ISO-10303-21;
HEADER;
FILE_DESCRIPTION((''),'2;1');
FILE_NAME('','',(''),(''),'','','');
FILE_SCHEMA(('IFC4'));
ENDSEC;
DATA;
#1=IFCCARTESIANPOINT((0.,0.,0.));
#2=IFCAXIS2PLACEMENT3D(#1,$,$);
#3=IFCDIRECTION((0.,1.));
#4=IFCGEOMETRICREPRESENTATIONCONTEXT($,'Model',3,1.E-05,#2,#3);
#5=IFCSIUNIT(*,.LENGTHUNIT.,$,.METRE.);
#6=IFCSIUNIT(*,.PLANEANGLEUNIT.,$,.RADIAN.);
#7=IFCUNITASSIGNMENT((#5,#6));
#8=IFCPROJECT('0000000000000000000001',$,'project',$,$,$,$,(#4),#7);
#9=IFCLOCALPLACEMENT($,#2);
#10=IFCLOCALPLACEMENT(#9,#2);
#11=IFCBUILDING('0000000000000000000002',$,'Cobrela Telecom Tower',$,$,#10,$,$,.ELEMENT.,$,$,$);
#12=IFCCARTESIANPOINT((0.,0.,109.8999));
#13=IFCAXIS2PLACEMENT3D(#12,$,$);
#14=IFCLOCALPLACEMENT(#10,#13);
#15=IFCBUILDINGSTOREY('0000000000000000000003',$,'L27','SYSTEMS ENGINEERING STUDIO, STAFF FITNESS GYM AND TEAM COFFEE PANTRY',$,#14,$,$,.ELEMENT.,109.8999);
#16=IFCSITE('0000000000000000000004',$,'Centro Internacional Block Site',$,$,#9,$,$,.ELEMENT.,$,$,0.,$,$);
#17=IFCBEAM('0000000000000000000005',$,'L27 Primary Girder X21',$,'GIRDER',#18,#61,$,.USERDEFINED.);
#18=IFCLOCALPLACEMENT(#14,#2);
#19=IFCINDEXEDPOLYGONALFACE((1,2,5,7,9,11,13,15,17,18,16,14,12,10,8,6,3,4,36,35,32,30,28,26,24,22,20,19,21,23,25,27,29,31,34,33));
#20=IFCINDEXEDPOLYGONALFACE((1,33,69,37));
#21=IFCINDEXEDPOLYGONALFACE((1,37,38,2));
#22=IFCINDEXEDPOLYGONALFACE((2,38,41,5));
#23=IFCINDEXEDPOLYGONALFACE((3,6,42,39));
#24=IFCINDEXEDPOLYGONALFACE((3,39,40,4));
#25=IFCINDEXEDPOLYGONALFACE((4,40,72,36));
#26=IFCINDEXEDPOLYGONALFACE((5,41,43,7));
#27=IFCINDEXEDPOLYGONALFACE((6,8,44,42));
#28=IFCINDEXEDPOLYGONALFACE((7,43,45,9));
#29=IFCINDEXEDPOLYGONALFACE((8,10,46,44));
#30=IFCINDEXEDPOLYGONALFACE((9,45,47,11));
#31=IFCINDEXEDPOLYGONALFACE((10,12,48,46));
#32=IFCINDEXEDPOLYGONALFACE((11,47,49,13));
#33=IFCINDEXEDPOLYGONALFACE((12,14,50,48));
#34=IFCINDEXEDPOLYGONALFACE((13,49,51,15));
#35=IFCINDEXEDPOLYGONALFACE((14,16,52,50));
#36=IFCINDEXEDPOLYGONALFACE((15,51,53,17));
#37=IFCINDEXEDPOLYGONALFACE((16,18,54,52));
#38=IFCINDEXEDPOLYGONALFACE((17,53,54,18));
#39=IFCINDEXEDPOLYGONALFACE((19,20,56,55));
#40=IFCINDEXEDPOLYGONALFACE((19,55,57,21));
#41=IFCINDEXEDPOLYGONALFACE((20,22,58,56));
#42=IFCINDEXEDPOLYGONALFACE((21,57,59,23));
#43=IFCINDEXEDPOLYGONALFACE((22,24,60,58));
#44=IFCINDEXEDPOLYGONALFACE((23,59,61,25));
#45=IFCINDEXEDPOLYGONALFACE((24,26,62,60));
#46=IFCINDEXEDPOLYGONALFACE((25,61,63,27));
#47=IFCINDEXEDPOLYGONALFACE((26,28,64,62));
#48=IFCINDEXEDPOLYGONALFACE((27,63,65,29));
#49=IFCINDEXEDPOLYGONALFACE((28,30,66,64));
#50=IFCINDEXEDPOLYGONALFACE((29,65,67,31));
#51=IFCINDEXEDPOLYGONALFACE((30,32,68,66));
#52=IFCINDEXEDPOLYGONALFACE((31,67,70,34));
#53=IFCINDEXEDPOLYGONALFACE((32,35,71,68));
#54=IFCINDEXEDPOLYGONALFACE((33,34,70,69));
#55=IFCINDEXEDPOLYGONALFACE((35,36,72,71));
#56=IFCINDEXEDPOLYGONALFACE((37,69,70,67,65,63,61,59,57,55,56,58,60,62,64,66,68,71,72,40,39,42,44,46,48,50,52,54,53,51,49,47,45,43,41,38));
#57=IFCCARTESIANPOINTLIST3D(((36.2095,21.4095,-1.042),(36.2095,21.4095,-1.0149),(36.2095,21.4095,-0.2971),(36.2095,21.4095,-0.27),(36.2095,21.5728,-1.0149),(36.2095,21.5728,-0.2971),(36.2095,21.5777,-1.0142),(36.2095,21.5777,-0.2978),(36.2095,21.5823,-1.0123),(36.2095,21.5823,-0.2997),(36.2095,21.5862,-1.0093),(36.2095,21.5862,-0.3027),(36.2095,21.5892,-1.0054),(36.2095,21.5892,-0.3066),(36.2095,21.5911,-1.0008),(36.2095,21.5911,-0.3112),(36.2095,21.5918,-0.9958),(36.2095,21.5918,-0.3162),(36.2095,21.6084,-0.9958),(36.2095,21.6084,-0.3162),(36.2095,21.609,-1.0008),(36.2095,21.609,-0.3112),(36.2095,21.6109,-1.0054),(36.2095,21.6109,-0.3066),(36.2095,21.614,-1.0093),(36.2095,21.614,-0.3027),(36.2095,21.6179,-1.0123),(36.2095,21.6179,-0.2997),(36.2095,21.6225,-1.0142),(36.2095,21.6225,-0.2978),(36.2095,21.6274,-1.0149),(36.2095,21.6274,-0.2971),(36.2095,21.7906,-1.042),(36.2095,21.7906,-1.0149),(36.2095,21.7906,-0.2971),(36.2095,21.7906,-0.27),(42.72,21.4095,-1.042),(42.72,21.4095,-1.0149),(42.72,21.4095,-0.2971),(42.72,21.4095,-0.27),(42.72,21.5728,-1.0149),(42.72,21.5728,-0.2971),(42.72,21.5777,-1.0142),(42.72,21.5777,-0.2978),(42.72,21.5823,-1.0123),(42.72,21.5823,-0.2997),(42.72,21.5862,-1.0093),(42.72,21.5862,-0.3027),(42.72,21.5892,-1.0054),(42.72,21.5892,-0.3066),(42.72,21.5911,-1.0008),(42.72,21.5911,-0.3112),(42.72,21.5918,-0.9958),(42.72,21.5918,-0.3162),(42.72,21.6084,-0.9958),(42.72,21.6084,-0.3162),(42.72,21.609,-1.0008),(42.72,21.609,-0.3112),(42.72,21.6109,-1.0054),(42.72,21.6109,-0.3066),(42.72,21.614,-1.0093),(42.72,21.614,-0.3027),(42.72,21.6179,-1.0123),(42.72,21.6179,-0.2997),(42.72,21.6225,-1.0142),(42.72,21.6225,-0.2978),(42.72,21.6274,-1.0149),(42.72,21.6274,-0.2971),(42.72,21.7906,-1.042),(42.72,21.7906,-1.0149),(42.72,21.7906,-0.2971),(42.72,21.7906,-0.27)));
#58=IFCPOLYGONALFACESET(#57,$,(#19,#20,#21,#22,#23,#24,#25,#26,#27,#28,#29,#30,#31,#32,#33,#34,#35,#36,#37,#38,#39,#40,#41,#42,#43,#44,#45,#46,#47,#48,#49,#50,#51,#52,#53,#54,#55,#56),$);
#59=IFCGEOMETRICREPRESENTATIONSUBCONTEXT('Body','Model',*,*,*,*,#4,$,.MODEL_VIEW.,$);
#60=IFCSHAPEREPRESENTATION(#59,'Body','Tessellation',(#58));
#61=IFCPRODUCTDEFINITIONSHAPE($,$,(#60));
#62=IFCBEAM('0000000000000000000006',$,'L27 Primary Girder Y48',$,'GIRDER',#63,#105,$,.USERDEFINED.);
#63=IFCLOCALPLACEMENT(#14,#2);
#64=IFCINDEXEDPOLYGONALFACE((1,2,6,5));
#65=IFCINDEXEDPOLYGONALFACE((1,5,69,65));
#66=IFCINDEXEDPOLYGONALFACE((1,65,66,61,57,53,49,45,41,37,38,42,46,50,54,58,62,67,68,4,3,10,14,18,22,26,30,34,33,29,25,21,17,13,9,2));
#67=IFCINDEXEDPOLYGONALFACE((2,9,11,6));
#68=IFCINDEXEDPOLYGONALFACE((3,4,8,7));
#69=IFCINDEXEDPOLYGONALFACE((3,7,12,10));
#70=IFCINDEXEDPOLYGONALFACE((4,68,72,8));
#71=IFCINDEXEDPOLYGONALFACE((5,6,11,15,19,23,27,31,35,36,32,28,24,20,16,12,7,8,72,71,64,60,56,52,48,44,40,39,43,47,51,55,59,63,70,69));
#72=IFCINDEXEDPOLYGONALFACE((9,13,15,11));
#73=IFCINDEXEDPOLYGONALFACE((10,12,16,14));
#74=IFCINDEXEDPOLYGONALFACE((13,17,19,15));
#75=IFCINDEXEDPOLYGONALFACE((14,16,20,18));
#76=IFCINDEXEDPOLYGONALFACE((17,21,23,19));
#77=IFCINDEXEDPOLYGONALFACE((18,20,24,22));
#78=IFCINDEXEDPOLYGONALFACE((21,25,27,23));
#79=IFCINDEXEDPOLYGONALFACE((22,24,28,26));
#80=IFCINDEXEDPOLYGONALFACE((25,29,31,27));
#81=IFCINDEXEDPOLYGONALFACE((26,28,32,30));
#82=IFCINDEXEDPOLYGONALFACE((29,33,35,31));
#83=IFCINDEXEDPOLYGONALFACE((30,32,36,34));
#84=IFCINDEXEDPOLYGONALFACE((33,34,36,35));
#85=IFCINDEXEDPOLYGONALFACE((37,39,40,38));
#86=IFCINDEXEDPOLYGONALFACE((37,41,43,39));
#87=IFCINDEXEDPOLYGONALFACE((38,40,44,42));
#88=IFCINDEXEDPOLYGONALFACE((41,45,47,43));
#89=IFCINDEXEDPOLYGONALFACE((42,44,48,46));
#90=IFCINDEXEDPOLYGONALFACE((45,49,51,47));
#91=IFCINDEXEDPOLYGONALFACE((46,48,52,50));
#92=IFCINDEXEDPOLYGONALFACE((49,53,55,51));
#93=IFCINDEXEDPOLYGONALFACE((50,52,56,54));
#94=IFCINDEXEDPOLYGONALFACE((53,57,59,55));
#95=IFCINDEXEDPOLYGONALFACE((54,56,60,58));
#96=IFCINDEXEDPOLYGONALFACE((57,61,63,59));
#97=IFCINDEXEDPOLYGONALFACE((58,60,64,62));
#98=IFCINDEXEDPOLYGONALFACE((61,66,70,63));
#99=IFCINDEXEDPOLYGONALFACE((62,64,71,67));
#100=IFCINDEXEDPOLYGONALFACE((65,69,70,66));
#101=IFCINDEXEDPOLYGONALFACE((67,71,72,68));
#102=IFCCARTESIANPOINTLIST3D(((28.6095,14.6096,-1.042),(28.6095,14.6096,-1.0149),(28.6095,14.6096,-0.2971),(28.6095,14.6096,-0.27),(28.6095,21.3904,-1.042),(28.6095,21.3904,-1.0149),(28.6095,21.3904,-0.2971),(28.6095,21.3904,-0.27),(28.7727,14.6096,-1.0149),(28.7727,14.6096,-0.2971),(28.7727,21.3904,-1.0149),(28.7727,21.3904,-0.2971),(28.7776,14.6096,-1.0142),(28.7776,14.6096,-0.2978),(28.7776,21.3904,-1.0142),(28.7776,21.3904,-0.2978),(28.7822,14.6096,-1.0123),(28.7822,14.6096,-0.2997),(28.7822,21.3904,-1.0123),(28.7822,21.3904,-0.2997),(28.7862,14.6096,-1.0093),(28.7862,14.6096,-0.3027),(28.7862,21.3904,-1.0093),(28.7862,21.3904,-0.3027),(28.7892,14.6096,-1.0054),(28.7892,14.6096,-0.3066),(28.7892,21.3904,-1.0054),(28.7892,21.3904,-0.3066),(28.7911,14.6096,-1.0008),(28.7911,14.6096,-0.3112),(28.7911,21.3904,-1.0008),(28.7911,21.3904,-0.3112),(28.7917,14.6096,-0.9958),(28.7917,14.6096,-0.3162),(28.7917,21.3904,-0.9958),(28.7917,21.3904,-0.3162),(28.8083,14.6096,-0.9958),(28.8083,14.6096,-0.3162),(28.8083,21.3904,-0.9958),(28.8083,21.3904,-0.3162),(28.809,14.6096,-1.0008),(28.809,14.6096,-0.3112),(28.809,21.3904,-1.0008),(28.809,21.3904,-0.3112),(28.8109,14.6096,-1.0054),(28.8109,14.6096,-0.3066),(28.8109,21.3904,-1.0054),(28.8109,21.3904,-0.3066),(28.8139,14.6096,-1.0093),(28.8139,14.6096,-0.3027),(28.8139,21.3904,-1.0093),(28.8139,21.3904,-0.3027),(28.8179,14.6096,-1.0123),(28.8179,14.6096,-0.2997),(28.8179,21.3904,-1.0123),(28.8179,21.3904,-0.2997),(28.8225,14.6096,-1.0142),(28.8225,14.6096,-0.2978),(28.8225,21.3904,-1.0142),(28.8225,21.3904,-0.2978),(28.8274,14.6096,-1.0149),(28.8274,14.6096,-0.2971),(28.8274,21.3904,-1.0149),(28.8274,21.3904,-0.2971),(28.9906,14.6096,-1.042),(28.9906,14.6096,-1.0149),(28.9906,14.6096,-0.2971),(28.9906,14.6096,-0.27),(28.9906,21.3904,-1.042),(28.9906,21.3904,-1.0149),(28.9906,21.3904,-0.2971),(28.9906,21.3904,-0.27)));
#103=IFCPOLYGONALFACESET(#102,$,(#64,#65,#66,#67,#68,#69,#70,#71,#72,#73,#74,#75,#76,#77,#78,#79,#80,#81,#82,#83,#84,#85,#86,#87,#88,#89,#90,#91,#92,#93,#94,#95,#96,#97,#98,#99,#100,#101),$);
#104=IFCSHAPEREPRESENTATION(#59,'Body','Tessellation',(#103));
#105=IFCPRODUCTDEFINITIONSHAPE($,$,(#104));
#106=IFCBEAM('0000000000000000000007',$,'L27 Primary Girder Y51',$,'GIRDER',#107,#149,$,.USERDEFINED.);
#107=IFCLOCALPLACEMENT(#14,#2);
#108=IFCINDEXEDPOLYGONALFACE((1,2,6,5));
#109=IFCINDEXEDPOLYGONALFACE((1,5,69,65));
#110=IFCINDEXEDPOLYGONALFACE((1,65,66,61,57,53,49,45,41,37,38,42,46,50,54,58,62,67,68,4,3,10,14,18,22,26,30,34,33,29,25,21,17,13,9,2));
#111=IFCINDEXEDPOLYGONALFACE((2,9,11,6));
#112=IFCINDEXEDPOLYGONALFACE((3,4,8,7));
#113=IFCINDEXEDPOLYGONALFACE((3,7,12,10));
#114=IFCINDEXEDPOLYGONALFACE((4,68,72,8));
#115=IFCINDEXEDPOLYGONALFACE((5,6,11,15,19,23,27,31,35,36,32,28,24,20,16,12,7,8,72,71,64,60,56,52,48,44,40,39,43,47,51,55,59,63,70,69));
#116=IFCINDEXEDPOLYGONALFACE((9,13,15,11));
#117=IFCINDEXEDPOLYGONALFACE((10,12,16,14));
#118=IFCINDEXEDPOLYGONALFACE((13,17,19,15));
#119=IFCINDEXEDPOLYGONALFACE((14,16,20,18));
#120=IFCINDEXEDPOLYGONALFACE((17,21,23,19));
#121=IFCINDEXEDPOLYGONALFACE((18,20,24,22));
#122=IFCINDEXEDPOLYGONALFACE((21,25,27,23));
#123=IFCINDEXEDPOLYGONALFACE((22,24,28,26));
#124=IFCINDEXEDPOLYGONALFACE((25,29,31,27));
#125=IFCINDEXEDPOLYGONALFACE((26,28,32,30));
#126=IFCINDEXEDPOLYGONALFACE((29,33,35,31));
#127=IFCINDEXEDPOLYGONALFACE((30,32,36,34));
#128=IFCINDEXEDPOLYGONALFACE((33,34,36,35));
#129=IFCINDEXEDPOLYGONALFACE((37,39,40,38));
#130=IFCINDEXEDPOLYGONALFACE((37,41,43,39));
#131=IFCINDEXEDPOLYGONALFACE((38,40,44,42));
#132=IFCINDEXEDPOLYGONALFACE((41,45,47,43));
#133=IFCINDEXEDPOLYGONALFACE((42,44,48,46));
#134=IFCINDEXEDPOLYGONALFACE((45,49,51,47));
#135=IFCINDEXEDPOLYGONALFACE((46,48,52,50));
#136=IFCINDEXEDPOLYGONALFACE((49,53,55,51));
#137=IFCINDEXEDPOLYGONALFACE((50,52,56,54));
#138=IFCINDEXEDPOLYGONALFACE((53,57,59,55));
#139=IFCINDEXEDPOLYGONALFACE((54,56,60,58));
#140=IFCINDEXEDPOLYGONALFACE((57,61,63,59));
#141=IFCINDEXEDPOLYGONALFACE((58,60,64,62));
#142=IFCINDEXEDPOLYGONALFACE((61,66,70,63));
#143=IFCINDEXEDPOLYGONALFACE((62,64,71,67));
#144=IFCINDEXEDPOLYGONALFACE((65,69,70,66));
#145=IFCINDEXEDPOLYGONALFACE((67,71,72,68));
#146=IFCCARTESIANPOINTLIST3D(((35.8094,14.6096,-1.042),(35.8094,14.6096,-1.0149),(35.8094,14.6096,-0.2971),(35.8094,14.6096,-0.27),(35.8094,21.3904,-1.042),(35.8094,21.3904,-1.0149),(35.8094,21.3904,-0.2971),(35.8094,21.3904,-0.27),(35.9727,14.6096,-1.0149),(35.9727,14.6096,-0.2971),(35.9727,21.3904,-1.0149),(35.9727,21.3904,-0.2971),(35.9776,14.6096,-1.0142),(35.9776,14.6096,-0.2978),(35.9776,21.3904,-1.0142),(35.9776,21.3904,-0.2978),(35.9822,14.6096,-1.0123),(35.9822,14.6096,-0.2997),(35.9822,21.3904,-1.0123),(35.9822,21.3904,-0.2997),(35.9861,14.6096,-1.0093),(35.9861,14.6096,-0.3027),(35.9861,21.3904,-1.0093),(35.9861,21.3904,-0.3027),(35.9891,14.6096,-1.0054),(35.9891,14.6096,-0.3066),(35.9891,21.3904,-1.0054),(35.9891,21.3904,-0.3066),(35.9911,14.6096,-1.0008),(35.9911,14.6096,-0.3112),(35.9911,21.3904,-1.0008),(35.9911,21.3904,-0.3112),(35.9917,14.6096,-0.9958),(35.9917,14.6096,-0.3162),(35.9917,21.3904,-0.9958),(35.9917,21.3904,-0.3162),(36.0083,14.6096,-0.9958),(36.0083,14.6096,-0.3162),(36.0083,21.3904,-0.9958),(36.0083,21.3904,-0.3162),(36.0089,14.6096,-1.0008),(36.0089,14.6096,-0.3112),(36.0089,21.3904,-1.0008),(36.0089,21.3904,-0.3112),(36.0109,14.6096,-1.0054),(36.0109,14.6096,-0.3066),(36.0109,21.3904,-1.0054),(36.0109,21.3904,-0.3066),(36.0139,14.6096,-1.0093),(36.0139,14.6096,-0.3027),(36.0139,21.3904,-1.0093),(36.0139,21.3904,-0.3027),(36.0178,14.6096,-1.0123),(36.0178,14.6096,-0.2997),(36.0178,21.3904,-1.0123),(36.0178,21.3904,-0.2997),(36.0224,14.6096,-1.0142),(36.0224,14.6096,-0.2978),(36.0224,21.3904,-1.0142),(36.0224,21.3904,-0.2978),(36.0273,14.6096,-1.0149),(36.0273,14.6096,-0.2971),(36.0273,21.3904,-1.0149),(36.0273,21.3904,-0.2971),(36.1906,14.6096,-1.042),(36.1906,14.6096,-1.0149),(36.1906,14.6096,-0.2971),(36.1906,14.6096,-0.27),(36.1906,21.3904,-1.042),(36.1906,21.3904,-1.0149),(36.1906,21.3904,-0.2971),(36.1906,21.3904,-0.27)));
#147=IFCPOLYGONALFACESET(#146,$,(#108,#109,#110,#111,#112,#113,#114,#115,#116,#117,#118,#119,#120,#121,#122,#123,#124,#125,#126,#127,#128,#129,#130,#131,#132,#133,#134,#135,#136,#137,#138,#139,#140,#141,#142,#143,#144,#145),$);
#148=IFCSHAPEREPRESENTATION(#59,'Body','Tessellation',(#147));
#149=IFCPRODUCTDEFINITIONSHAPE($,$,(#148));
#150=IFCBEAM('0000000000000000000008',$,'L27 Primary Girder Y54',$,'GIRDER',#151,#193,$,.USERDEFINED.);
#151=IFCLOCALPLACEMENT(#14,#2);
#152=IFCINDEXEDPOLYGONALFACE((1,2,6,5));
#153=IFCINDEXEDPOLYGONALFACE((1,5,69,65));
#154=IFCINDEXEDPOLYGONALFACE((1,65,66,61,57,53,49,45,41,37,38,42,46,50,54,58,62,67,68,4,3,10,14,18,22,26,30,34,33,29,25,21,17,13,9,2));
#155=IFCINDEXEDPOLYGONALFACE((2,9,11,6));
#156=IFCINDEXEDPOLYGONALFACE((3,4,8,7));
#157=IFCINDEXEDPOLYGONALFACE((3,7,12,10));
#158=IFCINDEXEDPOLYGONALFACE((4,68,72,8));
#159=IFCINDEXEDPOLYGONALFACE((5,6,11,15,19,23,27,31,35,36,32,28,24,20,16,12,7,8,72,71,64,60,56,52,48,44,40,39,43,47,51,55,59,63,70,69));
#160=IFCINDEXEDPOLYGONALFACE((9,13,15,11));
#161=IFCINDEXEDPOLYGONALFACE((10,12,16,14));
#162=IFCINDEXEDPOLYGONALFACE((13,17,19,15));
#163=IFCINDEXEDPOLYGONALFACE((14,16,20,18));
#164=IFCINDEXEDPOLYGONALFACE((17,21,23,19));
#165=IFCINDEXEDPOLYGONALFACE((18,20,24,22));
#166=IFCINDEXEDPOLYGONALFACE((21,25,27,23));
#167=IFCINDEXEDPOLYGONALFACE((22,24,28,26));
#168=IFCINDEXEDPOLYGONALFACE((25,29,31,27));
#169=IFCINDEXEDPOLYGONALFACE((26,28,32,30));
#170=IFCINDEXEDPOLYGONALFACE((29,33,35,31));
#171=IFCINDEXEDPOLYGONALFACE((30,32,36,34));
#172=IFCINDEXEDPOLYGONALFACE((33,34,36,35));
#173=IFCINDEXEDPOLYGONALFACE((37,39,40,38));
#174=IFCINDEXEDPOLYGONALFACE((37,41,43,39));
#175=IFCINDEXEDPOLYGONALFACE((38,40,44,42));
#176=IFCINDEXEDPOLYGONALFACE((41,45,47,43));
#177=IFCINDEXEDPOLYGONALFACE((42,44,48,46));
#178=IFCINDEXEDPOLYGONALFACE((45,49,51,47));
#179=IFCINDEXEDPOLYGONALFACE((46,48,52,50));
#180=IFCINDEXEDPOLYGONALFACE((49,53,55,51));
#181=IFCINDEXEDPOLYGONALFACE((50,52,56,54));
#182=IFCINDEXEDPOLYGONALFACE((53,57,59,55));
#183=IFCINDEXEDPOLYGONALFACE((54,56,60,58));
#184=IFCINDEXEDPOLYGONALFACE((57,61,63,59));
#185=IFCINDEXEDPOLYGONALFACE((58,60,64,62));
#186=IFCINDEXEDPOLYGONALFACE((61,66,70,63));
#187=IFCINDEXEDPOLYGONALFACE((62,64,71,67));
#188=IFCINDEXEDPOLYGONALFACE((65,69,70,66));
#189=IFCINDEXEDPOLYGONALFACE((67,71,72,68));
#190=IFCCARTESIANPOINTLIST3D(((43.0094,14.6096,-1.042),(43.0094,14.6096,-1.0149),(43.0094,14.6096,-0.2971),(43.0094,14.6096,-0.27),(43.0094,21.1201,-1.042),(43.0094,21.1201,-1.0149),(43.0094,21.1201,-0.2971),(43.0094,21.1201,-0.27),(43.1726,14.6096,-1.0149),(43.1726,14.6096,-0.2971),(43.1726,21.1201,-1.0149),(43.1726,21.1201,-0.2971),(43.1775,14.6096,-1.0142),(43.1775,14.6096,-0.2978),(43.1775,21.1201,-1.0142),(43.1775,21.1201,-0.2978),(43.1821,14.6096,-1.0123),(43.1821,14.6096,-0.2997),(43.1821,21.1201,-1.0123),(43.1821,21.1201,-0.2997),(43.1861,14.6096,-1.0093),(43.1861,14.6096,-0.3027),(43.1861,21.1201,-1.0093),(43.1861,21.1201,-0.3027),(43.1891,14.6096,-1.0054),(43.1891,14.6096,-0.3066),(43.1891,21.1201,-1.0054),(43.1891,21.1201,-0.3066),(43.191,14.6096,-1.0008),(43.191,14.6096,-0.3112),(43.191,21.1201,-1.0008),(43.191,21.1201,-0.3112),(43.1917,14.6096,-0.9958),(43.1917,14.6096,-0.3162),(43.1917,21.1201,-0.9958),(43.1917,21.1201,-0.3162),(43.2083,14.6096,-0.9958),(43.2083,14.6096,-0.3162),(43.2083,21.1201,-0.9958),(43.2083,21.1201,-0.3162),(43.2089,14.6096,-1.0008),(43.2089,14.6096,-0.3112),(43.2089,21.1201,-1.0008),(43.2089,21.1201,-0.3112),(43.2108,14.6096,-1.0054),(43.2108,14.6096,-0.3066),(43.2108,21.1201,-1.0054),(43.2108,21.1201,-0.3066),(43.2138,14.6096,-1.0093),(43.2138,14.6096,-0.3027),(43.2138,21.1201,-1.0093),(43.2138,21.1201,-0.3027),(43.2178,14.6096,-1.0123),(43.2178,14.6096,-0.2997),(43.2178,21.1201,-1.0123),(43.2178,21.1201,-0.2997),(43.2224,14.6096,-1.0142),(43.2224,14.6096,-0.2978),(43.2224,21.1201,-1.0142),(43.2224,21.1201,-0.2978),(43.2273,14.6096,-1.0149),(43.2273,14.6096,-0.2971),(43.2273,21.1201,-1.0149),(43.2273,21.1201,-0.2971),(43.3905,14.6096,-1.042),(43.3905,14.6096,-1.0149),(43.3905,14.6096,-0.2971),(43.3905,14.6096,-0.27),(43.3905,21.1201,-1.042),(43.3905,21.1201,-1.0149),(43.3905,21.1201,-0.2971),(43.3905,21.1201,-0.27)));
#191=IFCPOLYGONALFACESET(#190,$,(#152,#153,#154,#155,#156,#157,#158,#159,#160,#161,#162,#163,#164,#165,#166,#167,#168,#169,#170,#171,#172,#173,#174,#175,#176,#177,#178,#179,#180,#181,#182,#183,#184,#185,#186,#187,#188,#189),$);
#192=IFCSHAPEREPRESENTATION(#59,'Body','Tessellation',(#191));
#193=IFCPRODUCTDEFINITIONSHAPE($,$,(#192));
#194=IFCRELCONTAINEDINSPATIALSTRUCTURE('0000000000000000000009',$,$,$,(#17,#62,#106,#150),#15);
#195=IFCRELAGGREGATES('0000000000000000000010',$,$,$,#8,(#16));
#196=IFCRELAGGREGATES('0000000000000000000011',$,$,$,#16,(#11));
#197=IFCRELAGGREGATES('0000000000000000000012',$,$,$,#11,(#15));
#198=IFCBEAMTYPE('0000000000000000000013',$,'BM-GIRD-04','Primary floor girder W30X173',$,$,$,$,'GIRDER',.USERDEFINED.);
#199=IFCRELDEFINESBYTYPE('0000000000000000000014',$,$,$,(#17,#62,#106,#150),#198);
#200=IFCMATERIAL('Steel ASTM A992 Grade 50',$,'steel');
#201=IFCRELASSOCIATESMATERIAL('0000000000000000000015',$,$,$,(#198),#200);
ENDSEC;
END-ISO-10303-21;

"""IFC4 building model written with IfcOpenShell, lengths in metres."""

from ifc_helpers import new_model, si_unit, direction, frame, origin, origin_2d, place, context, subcontext, project, spatial, i_section, extrude, material, material_profile, profile_set, type_object, element, save


model = new_model("IFC4")

# Units and contexts
model_context = context("Model", 3, precision=1e-05, world=origin(), true_north=direction((0.0, 1.0)))
body_context = subcontext(model_context, "Body", "Model", "MODEL_VIEW")
ifc_project = project(units=[si_unit("LENGTHUNIT", "METRE"), si_unit("PLANEANGLEUNIT", "RADIAN")], contexts=[model_context])

# Site, building, storey
site_placement = place(None, origin())
site = spatial("IfcSite", under=ifc_project, at=site_placement, Name="Centro Internacional Block Site", CompositionType="ELEMENT", RefElevation=0.0)
building_placement = place(site_placement, origin())
building = spatial("IfcBuilding", under=site, at=building_placement, Name="Cobrela Telecom Tower", CompositionType="ELEMENT")
storey_placement = place(building_placement, frame((0.0, 0.0, 109.8999)))
storey = spatial("IfcBuildingStorey", under=building, at=storey_placement, Name="L27", Description="SYSTEMS ENGINEERING STUDIO, STAFF FITNESS GYM AND TEAM COFFEE PANTRY", CompositionType="ELEMENT", Elevation=109.8999)

# Shared definitions
ifc_material_1 = material(Name="Steel ASTM A992 Grade 50", Category="steel")

# Beams
ifc_material_profile_1 = material_profile(ifc_material_1, i_section(OverallWidth=0.3811, OverallDepth=0.772, WebThickness=0.0166, FlangeThickness=0.0271, FilletRadius=0.019, at=origin_2d()), Name="W30X173")
ifc_profile_set_1 = profile_set([ifc_material_profile_1], Name="Steel ASTM A992 Grade 50")
beam_type_1 = type_object("IfcBeamType", Name="BM-GIRD-04", Description="Primary floor girder W30X173", ElementType="GIRDER", PredefinedType="USERDEFINED", material=ifc_profile_set_1)
beam_1_placement = place(storey_placement, frame((36.2095, 21.6001, -0.656), z_axis=(1.0, 0.0, 0.0), x_axis=(0.0, 1.0, 0.0)))
element("IfcBeam", 1, at=beam_1_placement, inside=storey, type_object=beam_type_1, Name="L27 Primary Girder X21", ObjectType="GIRDER", PredefinedType="USERDEFINED", context=body_context, shape_type="SweptSolid", body=[
    extrude(i_section(OverallWidth=0.3811, OverallDepth=0.772, WebThickness=0.0166, FlangeThickness=0.0271, FilletRadius=0.019, at=origin_2d()), origin(), (0.0, 0.0, 1.0), 6.5105),
])
for number, where, z_axis, x_axis, name in (
    (2, (28.8, 14.6096, -0.656), (0.0, 1.0, 0.0), (-1.0, 0.0, 0.0), "L27 Primary Girder Y48"),
    (3, (36.0, 14.6096, -0.656), (0.0, 1.0, 0.0), (-1.0, 0.0, 0.0), "L27 Primary Girder Y51"),
):
    element("IfcBeam", number, at=place(storey_placement, frame(where, z_axis=z_axis, x_axis=x_axis)), inside=storey, type_object=beam_type_1, Name=name, ObjectType="GIRDER", PredefinedType="USERDEFINED", context=body_context, shape_type="SweptSolid", body=[
        extrude(i_section(OverallWidth=0.3811, OverallDepth=0.772, WebThickness=0.0166, FlangeThickness=0.0271, FilletRadius=0.019, at=origin_2d()), origin(), (0.0, 0.0, 1.0), 6.7808),
    ])
beam_2_placement = place(storey_placement, frame((43.2, 14.6096, -0.656), z_axis=(0.0, 1.0, 0.0), x_axis=(-1.0, 0.0, 0.0)))
element("IfcBeam", 4, at=beam_2_placement, inside=storey, type_object=beam_type_1, Name="L27 Primary Girder Y54", ObjectType="GIRDER", PredefinedType="USERDEFINED", context=body_context, shape_type="SweptSolid", body=[
    extrude(i_section(OverallWidth=0.3811, OverallDepth=0.772, WebThickness=0.0166, FlangeThickness=0.0271, FilletRadius=0.019, at=origin_2d()), origin(), (0.0, 0.0, 1.0), 6.5105),
])

save(model, "model.ifc")
